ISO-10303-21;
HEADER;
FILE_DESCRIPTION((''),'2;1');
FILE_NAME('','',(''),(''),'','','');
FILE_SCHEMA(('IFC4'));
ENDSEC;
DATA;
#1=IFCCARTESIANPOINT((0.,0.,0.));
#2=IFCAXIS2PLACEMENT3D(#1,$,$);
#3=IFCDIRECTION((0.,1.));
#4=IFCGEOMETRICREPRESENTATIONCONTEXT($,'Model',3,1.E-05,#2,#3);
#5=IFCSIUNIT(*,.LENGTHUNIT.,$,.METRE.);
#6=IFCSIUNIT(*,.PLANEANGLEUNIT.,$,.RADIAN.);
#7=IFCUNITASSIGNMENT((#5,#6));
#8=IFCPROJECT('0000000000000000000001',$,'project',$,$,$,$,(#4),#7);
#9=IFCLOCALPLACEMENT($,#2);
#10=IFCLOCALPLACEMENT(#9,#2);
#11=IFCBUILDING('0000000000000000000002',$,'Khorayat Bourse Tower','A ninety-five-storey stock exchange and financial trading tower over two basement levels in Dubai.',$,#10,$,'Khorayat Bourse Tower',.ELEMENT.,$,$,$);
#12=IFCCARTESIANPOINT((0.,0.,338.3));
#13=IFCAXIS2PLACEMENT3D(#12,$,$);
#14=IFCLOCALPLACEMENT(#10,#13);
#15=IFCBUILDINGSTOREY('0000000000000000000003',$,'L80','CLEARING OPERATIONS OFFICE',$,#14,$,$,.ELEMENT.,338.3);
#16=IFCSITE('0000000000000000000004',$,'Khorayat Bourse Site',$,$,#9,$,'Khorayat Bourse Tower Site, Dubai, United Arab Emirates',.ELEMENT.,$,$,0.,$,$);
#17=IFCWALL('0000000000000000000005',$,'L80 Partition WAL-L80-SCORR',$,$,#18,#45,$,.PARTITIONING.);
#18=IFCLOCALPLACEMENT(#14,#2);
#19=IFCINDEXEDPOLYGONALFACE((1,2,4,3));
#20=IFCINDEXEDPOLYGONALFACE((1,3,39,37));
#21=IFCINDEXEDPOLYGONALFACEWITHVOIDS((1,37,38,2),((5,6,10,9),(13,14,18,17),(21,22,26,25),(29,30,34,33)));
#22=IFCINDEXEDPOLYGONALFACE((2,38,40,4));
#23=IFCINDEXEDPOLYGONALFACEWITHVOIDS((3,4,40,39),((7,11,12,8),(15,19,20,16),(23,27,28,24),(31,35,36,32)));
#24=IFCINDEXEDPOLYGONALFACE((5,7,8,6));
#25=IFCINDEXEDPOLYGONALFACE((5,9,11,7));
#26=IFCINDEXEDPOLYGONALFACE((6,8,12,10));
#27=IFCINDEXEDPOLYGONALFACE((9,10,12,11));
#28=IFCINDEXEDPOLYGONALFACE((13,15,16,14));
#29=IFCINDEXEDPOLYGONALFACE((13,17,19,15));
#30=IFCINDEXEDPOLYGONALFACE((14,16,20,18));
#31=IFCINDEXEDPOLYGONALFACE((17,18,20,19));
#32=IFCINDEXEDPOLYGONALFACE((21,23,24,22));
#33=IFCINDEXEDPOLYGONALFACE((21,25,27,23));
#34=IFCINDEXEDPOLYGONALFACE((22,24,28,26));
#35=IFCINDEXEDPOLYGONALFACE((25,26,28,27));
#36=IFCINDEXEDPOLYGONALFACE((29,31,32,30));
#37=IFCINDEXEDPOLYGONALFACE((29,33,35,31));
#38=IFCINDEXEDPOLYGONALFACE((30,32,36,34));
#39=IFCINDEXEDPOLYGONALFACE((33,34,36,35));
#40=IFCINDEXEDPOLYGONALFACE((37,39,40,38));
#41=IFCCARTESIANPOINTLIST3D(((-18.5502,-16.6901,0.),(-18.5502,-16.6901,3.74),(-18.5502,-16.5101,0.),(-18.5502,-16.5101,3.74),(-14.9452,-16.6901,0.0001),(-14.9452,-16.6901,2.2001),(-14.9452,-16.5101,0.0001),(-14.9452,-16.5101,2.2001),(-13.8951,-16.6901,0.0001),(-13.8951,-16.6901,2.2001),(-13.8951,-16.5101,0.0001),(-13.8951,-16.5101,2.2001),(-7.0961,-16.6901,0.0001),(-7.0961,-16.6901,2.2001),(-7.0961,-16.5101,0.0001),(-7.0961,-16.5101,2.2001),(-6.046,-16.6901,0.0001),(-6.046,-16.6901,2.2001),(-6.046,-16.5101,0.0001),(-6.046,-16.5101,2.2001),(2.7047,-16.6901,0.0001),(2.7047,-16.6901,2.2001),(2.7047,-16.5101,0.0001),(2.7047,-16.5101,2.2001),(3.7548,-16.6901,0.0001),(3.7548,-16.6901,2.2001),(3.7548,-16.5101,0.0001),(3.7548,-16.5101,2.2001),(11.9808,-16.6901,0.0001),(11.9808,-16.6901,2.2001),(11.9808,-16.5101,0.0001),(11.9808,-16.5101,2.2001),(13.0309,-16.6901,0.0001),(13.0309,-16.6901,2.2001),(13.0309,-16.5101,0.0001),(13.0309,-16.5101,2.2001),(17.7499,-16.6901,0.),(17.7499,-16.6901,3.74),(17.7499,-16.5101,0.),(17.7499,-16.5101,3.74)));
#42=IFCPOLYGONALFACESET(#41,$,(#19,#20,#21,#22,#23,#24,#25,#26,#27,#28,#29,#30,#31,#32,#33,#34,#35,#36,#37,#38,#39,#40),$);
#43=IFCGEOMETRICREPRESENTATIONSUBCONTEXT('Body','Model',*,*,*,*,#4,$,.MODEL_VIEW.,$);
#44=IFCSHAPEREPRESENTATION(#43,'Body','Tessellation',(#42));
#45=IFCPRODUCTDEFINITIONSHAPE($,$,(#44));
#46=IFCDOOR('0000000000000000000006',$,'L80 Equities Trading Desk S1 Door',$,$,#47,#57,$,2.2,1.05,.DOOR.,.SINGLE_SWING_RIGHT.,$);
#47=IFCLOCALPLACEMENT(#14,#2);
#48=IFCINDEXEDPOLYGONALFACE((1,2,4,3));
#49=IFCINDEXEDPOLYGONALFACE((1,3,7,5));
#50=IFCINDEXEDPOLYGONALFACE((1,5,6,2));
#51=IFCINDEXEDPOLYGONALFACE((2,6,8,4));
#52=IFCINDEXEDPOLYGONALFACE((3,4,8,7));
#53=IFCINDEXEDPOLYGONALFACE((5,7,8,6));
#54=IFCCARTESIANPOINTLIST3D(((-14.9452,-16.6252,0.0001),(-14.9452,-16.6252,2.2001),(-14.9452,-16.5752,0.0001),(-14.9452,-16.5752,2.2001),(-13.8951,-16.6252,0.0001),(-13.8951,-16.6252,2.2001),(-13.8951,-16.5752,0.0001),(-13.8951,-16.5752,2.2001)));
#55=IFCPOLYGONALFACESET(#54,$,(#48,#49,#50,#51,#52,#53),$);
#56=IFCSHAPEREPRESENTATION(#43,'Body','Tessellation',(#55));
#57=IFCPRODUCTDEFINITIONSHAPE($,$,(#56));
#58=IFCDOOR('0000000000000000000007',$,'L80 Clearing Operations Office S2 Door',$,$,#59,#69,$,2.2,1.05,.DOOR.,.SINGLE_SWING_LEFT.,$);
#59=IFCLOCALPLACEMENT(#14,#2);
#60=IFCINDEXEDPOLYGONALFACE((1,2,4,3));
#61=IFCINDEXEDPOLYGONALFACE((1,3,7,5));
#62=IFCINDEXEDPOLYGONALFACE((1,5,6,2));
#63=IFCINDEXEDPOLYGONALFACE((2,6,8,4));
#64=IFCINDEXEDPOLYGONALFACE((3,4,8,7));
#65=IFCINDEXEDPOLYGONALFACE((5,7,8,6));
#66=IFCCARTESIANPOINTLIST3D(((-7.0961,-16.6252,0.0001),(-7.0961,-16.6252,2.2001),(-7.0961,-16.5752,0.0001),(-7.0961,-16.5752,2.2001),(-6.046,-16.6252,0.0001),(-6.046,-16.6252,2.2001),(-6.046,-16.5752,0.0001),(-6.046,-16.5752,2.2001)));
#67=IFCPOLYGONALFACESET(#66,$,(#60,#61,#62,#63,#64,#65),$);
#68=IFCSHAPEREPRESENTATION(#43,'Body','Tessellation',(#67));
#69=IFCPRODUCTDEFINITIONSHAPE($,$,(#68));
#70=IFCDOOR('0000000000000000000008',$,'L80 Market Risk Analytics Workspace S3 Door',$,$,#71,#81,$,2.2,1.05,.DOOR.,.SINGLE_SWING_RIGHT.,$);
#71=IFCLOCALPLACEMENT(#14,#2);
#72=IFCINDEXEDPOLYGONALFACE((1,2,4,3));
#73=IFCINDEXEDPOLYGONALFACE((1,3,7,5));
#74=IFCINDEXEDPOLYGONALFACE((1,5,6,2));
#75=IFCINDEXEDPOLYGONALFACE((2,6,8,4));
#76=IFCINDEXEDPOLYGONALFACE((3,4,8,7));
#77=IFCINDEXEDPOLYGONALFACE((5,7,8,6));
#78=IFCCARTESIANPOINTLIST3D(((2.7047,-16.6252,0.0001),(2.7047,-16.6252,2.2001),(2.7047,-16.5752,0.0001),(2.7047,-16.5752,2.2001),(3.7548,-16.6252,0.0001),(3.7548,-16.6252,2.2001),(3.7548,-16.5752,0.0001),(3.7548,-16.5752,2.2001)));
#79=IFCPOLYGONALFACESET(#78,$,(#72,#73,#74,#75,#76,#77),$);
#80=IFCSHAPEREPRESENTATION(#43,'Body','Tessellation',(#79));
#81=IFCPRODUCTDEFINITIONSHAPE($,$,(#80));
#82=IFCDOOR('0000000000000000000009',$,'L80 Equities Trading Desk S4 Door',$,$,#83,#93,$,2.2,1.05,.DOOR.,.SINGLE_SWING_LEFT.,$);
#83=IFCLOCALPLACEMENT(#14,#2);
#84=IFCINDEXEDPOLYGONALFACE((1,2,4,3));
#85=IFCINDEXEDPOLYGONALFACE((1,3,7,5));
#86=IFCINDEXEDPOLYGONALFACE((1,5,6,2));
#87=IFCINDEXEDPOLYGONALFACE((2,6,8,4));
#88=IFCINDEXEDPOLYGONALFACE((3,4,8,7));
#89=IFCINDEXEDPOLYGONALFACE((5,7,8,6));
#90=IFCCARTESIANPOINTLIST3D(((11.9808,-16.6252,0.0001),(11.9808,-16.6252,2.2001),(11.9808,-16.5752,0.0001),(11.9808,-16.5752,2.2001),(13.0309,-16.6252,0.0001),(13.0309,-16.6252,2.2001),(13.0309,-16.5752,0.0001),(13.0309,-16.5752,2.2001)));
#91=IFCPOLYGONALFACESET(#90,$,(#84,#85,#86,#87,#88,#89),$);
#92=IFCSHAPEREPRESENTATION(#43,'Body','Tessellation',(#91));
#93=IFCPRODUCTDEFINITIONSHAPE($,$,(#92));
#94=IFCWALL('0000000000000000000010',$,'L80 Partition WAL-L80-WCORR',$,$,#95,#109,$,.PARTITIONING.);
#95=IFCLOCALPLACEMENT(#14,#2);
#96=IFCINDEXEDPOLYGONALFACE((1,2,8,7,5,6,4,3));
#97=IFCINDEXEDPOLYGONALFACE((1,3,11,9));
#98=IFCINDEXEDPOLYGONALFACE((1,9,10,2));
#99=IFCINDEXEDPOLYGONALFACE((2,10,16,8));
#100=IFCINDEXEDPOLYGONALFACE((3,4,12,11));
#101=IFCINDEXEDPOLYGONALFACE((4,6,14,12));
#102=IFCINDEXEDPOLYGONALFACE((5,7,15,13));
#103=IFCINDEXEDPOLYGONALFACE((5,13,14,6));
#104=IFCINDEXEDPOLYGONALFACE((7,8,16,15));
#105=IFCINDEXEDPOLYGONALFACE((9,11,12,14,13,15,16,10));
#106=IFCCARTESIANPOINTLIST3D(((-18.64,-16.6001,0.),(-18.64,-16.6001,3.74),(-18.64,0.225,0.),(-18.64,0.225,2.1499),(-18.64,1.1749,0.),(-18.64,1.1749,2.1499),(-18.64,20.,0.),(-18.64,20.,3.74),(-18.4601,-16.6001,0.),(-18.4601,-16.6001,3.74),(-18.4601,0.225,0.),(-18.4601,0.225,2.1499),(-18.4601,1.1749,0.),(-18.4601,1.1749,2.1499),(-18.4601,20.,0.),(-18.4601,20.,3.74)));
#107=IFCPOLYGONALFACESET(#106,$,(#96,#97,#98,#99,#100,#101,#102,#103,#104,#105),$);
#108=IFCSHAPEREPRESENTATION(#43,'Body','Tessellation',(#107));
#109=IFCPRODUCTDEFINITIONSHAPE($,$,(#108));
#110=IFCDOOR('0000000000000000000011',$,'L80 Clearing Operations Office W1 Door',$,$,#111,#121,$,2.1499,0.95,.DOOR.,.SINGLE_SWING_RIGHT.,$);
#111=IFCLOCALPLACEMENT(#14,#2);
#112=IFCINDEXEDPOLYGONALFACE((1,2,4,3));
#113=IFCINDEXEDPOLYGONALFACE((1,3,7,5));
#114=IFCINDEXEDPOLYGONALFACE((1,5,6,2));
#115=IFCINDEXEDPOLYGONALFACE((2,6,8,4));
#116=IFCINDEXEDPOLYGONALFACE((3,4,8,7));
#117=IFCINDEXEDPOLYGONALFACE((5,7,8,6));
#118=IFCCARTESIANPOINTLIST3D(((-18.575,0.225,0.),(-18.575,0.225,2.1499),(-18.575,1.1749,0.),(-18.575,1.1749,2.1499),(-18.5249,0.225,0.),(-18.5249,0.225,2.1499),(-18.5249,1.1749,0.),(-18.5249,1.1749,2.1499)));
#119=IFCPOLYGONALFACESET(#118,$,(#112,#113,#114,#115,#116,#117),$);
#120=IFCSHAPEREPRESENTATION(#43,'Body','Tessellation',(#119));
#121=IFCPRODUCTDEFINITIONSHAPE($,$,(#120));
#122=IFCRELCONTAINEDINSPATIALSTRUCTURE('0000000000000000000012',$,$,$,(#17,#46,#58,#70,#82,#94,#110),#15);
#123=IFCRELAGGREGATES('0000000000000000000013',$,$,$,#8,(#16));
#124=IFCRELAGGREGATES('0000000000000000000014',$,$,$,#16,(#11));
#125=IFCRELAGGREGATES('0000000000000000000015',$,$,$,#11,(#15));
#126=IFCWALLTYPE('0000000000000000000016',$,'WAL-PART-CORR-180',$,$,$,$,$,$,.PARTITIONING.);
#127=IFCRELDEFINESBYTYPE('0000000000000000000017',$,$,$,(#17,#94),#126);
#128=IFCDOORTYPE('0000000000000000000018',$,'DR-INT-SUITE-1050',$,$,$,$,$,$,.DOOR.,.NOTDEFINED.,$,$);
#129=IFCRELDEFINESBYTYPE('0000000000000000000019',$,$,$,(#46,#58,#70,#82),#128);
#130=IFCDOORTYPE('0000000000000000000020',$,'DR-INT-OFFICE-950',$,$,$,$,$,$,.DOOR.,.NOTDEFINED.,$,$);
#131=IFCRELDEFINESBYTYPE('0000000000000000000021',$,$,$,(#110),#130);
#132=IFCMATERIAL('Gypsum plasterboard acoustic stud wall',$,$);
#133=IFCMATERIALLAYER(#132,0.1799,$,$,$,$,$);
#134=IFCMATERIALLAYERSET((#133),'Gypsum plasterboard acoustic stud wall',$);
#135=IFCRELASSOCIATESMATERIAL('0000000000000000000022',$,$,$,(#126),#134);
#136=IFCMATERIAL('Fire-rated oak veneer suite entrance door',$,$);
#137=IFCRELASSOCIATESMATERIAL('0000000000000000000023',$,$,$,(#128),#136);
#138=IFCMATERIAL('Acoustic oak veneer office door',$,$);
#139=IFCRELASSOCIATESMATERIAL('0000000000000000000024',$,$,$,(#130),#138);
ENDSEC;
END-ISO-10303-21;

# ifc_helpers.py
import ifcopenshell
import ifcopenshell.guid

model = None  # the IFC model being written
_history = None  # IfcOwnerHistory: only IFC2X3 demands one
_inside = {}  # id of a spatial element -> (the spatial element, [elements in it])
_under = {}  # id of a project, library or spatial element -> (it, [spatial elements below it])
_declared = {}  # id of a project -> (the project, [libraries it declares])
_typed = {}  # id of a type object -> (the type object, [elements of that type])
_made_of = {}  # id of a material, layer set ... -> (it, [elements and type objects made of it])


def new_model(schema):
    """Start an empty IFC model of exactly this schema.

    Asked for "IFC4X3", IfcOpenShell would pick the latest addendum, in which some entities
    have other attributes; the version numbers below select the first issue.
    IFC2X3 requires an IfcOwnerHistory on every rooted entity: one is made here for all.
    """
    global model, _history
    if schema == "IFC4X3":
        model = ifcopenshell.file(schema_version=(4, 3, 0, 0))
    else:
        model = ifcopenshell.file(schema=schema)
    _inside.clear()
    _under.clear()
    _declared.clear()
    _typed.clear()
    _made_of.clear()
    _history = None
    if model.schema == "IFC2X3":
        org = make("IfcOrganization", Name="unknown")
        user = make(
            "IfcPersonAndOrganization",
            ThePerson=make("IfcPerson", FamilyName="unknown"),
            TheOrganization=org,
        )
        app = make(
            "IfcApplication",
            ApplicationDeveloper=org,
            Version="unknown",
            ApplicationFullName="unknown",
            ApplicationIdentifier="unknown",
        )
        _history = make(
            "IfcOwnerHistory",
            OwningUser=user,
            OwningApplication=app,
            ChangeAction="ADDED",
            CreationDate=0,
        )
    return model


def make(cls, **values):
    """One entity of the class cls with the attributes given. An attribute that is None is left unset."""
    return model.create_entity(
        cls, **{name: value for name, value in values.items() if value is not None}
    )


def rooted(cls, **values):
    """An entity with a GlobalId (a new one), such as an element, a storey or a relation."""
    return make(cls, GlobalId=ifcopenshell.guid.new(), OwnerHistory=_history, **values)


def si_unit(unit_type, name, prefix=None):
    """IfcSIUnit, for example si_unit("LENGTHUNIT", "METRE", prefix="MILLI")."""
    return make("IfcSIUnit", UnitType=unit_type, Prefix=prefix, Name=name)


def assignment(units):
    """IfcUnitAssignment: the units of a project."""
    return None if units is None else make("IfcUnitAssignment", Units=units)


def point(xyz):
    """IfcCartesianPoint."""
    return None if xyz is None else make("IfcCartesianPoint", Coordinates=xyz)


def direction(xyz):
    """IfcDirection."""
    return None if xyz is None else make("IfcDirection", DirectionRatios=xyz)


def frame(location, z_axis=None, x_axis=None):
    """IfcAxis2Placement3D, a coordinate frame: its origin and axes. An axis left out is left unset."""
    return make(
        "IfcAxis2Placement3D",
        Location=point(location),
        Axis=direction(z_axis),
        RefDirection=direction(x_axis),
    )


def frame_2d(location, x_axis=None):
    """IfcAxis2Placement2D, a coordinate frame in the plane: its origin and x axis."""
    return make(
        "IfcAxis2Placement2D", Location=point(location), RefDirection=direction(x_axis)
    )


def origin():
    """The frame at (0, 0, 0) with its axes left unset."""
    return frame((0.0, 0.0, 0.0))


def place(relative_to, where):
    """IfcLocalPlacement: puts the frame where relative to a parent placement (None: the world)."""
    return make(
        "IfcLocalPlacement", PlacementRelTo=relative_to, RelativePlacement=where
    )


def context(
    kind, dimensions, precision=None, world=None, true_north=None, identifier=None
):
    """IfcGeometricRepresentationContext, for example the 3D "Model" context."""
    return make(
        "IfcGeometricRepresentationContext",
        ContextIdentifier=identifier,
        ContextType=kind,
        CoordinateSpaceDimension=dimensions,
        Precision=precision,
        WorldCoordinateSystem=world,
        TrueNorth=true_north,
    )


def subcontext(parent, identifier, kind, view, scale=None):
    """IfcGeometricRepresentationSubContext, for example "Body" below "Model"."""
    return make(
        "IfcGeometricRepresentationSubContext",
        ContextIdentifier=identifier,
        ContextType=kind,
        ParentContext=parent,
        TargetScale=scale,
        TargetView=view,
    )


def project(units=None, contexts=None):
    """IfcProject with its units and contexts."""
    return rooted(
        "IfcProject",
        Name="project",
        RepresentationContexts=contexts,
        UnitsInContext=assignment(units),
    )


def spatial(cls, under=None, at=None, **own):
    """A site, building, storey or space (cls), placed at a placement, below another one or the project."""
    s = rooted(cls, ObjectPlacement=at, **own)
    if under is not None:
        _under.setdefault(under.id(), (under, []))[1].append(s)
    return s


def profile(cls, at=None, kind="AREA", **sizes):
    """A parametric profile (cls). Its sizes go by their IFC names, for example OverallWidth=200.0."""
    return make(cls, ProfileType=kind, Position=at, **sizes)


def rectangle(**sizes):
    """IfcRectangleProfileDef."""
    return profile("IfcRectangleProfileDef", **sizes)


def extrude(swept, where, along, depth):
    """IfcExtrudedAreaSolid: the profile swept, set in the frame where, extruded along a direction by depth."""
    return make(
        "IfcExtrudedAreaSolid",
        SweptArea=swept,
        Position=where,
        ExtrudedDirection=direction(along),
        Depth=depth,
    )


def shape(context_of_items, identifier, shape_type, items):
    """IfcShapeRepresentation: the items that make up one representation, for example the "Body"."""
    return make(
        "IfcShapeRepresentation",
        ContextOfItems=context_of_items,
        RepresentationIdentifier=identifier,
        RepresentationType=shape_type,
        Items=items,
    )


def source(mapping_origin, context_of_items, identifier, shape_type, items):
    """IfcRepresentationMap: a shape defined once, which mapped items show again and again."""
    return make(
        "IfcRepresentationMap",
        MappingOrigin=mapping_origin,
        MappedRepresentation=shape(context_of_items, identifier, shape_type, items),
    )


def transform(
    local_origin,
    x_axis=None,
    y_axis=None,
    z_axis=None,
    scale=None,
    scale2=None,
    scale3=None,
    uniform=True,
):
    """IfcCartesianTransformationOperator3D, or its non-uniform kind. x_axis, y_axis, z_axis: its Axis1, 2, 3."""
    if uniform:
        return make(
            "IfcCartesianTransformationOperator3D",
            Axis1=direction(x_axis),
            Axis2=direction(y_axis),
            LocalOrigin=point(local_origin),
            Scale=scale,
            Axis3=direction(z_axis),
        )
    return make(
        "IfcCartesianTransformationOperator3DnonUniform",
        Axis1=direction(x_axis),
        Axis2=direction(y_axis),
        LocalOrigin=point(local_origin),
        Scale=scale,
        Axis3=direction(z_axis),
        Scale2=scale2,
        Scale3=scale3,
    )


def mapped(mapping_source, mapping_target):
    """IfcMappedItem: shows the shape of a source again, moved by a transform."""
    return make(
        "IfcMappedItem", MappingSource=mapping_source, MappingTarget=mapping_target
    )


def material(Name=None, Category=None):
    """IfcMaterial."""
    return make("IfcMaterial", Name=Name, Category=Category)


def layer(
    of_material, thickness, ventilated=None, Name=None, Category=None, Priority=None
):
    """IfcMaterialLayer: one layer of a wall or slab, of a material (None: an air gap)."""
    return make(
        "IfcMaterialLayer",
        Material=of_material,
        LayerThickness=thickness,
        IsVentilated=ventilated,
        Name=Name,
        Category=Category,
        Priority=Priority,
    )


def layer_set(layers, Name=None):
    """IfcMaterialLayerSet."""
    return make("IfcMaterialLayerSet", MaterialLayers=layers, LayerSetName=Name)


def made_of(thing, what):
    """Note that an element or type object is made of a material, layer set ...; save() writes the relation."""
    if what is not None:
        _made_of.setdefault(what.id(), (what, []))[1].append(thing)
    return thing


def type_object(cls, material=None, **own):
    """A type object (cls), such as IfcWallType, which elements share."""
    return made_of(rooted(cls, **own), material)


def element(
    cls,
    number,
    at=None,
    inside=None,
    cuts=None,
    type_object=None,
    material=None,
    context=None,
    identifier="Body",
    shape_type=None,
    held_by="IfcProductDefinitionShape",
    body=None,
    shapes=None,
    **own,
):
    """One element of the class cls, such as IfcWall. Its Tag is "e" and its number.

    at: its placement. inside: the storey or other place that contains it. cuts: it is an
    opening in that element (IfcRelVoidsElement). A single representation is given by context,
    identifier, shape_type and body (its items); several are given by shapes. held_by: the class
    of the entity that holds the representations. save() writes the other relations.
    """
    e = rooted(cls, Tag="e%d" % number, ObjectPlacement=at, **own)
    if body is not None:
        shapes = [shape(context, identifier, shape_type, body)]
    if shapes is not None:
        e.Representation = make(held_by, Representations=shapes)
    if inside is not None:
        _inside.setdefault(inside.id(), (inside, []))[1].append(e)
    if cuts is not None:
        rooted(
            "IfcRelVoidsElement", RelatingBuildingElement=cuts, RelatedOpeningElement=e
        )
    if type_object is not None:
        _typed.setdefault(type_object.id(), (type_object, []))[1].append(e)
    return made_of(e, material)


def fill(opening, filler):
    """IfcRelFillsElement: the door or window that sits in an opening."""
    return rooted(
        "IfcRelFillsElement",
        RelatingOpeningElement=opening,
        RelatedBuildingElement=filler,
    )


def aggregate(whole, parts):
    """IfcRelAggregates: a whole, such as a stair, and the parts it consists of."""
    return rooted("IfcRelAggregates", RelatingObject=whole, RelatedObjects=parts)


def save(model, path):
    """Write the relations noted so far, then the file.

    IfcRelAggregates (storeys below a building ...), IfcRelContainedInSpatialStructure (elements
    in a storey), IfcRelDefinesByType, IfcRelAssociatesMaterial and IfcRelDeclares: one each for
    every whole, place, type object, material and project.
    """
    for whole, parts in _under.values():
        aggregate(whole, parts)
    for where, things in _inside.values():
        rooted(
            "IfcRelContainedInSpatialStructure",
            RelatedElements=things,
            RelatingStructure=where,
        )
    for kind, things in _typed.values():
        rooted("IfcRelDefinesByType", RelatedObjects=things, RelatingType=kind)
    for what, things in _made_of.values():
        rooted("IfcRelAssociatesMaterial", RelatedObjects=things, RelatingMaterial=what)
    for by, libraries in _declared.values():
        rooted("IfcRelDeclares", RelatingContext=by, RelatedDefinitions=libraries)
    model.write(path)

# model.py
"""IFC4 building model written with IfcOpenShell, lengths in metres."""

from ifc_helpers import new_model, si_unit, direction, frame, frame_2d, origin, place, context, subcontext, project, spatial, rectangle, extrude, source, transform, mapped, material, layer, layer_set, type_object, element, fill, save


model = new_model("IFC4")

# Units and contexts
model_context = context("Model", 3, precision=1e-05, world=origin(), true_north=direction((0.0, 1.0)))
body_context = subcontext(model_context, "Body", "Model", "MODEL_VIEW")
ifc_project = project(units=[si_unit("LENGTHUNIT", "METRE"), si_unit("PLANEANGLEUNIT", "RADIAN")], contexts=[model_context])

# Site, building, storey
site_placement = place(None, origin())
site = spatial("IfcSite", under=ifc_project, at=site_placement, Name="Khorayat Bourse Site", LongName="Khorayat Bourse Tower Site, Dubai, United Arab Emirates", CompositionType="ELEMENT", RefElevation=0.0)
building_placement = place(site_placement, origin())
building = spatial("IfcBuilding", under=site, at=building_placement, Name="Khorayat Bourse Tower", Description="A ninety-five-storey stock exchange and financial trading tower over two basement levels in Dubai.", LongName="Khorayat Bourse Tower", CompositionType="ELEMENT")
storey_placement = place(building_placement, frame((0.0, 0.0, 338.3)))
storey = spatial("IfcBuildingStorey", under=building, at=storey_placement, Name="L80", Description="CLEARING OPERATIONS OFFICE", CompositionType="ELEMENT", Elevation=338.3)

# Shared definitions
ifc_material_1 = material(Name="Gypsum plasterboard acoustic stud wall")
ifc_layer_1 = layer(ifc_material_1, 0.1799)
ifc_layer_set_1 = layer_set([ifc_layer_1], Name="Gypsum plasterboard acoustic stud wall")
wall_type_1 = type_object("IfcWallType", Name="WAL-PART-CORR-180", PredefinedType="PARTITIONING", material=ifc_layer_set_1)

# Wall, openings, doors
shared_shape_1 = source(origin(), body_context, "Body", "SweptSolid", [
    extrude(rectangle(XDim=36.3, YDim=0.1799, at=frame_2d((18.1499, 0.0))), origin(), (0.0, 0.0, 1.0), 3.74),
])
wall_1_placement = place(storey_placement, frame((-18.55, -16.6001, 0.0), z_axis=(0.0, 0.0, 1.0), x_axis=(1.0, 0.0, 0.0)))
wall_1 = element("IfcWall", 1, at=wall_1_placement, inside=storey, type_object=wall_type_1, Name="L80 Partition WAL-L80-SCORR", PredefinedType="PARTITIONING", context=body_context, shape_type="MappedRepresentation", body=[
    mapped(shared_shape_1, transform((0.0, 0.0, 0.0), scale=1.0)),
])
shared_shape_2 = source(origin(), body_context, "Body", "SweptSolid", [
    extrude(rectangle(XDim=1.05, YDim=2.2, at=frame_2d((0.5249, 1.1001))), frame((0.0, 0.0999, 0.0), z_axis=(0.0, -1.0, 0.0), x_axis=(1.0, 0.0, 0.0)), (0.0, 0.0, 1.0), 0.2),
])
opening_1_placement = place(wall_1_placement, frame((3.605, 0.0, 0.0)))
opening_1 = element("IfcOpeningElement", 2, at=opening_1_placement, cuts=wall_1, PredefinedType="OPENING", context=body_context, shape_type="MappedRepresentation", body=[
    mapped(shared_shape_2, transform((0.0, 0.0, 0.0), scale=1.0)),
])
opening_2_placement = place(wall_1_placement, frame((11.4541, 0.0, 0.0)))
opening_2 = element("IfcOpeningElement", 3, at=opening_2_placement, cuts=wall_1, PredefinedType="OPENING", context=body_context, shape_type="MappedRepresentation", body=[
    mapped(shared_shape_2, transform((0.0, 0.0, 0.0), scale=1.0)),
])
opening_3_placement = place(wall_1_placement, frame((21.2549, 0.0, 0.0)))
opening_3 = element("IfcOpeningElement", 4, at=opening_3_placement, cuts=wall_1, PredefinedType="OPENING", context=body_context, shape_type="MappedRepresentation", body=[
    mapped(shared_shape_2, transform((0.0, 0.0, 0.0), scale=1.0)),
])
opening_4_placement = place(wall_1_placement, frame((30.531, 0.0, 0.0)))
opening_4 = element("IfcOpeningElement", 5, at=opening_4_placement, cuts=wall_1, PredefinedType="OPENING", context=body_context, shape_type="MappedRepresentation", body=[
    mapped(shared_shape_2, transform((0.0, 0.0, 0.0), scale=1.0)),
])
ifc_material_2 = material(Name="Fire-rated oak veneer suite entrance door")
door_type_1 = type_object("IfcDoorType", Name="DR-INT-SUITE-1050", OperationType="NOTDEFINED", PredefinedType="DOOR", material=ifc_material_2)
shared_shape_3 = source(origin(), body_context, "Body", "SweptSolid", [
    extrude(rectangle(XDim=1.05, YDim=2.2, at=frame_2d((0.5249, 1.1001))), frame((0.0, 0.0249, 0.0), z_axis=(0.0, -1.0, 0.0), x_axis=(1.0, 0.0, 0.0)), (0.0, 0.0, 1.0), 0.05),
])
door_1_placement = place(opening_1_placement, origin())
door_1 = element("IfcDoor", 6, at=door_1_placement, inside=storey, type_object=door_type_1, Name="L80 Equities Trading Desk S1 Door", OperationType="SINGLE_SWING_RIGHT", OverallHeight=2.2, OverallWidth=1.05, PredefinedType="DOOR", context=body_context, shape_type="MappedRepresentation", body=[
    mapped(shared_shape_3, transform((0.0, 0.0, 0.0), scale=1.0)),
])
fill(opening_1, door_1)
door_2_placement = place(opening_2_placement, origin())
door_2 = element("IfcDoor", 7, at=door_2_placement, inside=storey, type_object=door_type_1, Name="L80 Clearing Operations Office S2 Door", OperationType="SINGLE_SWING_LEFT", OverallHeight=2.2, OverallWidth=1.05, PredefinedType="DOOR", context=body_context, shape_type="MappedRepresentation", body=[
    mapped(shared_shape_3, transform((0.0, 0.0, 0.0), scale=1.0)),
])
fill(opening_2, door_2)
door_3_placement = place(opening_3_placement, origin())
door_3 = element("IfcDoor", 8, at=door_3_placement, inside=storey, type_object=door_type_1, Name="L80 Market Risk Analytics Workspace S3 Door", OperationType="SINGLE_SWING_RIGHT", OverallHeight=2.2, OverallWidth=1.05, PredefinedType="DOOR", context=body_context, shape_type="MappedRepresentation", body=[
    mapped(shared_shape_3, transform((0.0, 0.0, 0.0), scale=1.0)),
])
fill(opening_3, door_3)
door_4_placement = place(opening_4_placement, origin())
door_4 = element("IfcDoor", 9, at=door_4_placement, inside=storey, type_object=door_type_1, Name="L80 Equities Trading Desk S4 Door", OperationType="SINGLE_SWING_LEFT", OverallHeight=2.2, OverallWidth=1.05, PredefinedType="DOOR", context=body_context, shape_type="MappedRepresentation", body=[
    mapped(shared_shape_3, transform((0.0, 0.0, 0.0), scale=1.0)),
])
fill(opening_4, door_4)

# Wall, opening, door
shared_shape_4 = source(origin(), body_context, "Body", "SweptSolid", [
    extrude(rectangle(XDim=36.6001, YDim=0.1799, at=frame_2d((18.3, 0.0))), origin(), (0.0, 0.0, 1.0), 3.74),
])
wall_2_placement = place(storey_placement, frame((-18.55, -16.6001, 0.0), z_axis=(0.0, 0.0, 1.0), x_axis=(0.0, 1.0, 0.0)))
wall_2 = element("IfcWall", 10, at=wall_2_placement, inside=storey, type_object=wall_type_1, Name="L80 Partition WAL-L80-WCORR", PredefinedType="PARTITIONING", context=body_context, shape_type="MappedRepresentation", body=[
    mapped(shared_shape_4, transform((0.0, 0.0, 0.0), scale=1.0)),
])
shared_shape_5 = source(origin(), body_context, "Body", "SweptSolid", [
    extrude(rectangle(XDim=0.95, YDim=2.1499, at=frame_2d((0.4751, 1.075))), frame((0.0, 0.0999, 0.0), z_axis=(0.0, -1.0, 0.0), x_axis=(1.0, 0.0, 0.0)), (0.0, 0.0, 1.0), 0.2),
])
opening_5_placement = place(wall_2_placement, frame((16.825, 0.0, 0.0)))
opening_5 = element("IfcOpeningElement", 11, at=opening_5_placement, cuts=wall_2, PredefinedType="OPENING", context=body_context, shape_type="MappedRepresentation", body=[
    mapped(shared_shape_5, transform((0.0, 0.0, 0.0), scale=1.0)),
])
ifc_material_3 = material(Name="Acoustic oak veneer office door")
door_type_2 = type_object("IfcDoorType", Name="DR-INT-OFFICE-950", OperationType="NOTDEFINED", PredefinedType="DOOR", material=ifc_material_3)
shared_shape_6 = source(origin(), body_context, "Body", "SweptSolid", [
    extrude(rectangle(XDim=0.95, YDim=2.1499, at=frame_2d((0.4751, 1.075))), frame((0.0, 0.0249, 0.0), z_axis=(0.0, -1.0, 0.0), x_axis=(1.0, 0.0, 0.0)), (0.0, 0.0, 1.0), 0.05),
])
door_5_placement = place(opening_5_placement, origin())
door_5 = element("IfcDoor", 12, at=door_5_placement, inside=storey, type_object=door_type_2, Name="L80 Clearing Operations Office W1 Door", OperationType="SINGLE_SWING_RIGHT", OverallHeight=2.1499, OverallWidth=0.95, PredefinedType="DOOR", context=body_context, shape_type="MappedRepresentation", body=[
    mapped(shared_shape_6, transform((0.0, 0.0, 0.0), scale=1.0)),
])
fill(opening_5, door_5)

save(model, "model.ifc")
